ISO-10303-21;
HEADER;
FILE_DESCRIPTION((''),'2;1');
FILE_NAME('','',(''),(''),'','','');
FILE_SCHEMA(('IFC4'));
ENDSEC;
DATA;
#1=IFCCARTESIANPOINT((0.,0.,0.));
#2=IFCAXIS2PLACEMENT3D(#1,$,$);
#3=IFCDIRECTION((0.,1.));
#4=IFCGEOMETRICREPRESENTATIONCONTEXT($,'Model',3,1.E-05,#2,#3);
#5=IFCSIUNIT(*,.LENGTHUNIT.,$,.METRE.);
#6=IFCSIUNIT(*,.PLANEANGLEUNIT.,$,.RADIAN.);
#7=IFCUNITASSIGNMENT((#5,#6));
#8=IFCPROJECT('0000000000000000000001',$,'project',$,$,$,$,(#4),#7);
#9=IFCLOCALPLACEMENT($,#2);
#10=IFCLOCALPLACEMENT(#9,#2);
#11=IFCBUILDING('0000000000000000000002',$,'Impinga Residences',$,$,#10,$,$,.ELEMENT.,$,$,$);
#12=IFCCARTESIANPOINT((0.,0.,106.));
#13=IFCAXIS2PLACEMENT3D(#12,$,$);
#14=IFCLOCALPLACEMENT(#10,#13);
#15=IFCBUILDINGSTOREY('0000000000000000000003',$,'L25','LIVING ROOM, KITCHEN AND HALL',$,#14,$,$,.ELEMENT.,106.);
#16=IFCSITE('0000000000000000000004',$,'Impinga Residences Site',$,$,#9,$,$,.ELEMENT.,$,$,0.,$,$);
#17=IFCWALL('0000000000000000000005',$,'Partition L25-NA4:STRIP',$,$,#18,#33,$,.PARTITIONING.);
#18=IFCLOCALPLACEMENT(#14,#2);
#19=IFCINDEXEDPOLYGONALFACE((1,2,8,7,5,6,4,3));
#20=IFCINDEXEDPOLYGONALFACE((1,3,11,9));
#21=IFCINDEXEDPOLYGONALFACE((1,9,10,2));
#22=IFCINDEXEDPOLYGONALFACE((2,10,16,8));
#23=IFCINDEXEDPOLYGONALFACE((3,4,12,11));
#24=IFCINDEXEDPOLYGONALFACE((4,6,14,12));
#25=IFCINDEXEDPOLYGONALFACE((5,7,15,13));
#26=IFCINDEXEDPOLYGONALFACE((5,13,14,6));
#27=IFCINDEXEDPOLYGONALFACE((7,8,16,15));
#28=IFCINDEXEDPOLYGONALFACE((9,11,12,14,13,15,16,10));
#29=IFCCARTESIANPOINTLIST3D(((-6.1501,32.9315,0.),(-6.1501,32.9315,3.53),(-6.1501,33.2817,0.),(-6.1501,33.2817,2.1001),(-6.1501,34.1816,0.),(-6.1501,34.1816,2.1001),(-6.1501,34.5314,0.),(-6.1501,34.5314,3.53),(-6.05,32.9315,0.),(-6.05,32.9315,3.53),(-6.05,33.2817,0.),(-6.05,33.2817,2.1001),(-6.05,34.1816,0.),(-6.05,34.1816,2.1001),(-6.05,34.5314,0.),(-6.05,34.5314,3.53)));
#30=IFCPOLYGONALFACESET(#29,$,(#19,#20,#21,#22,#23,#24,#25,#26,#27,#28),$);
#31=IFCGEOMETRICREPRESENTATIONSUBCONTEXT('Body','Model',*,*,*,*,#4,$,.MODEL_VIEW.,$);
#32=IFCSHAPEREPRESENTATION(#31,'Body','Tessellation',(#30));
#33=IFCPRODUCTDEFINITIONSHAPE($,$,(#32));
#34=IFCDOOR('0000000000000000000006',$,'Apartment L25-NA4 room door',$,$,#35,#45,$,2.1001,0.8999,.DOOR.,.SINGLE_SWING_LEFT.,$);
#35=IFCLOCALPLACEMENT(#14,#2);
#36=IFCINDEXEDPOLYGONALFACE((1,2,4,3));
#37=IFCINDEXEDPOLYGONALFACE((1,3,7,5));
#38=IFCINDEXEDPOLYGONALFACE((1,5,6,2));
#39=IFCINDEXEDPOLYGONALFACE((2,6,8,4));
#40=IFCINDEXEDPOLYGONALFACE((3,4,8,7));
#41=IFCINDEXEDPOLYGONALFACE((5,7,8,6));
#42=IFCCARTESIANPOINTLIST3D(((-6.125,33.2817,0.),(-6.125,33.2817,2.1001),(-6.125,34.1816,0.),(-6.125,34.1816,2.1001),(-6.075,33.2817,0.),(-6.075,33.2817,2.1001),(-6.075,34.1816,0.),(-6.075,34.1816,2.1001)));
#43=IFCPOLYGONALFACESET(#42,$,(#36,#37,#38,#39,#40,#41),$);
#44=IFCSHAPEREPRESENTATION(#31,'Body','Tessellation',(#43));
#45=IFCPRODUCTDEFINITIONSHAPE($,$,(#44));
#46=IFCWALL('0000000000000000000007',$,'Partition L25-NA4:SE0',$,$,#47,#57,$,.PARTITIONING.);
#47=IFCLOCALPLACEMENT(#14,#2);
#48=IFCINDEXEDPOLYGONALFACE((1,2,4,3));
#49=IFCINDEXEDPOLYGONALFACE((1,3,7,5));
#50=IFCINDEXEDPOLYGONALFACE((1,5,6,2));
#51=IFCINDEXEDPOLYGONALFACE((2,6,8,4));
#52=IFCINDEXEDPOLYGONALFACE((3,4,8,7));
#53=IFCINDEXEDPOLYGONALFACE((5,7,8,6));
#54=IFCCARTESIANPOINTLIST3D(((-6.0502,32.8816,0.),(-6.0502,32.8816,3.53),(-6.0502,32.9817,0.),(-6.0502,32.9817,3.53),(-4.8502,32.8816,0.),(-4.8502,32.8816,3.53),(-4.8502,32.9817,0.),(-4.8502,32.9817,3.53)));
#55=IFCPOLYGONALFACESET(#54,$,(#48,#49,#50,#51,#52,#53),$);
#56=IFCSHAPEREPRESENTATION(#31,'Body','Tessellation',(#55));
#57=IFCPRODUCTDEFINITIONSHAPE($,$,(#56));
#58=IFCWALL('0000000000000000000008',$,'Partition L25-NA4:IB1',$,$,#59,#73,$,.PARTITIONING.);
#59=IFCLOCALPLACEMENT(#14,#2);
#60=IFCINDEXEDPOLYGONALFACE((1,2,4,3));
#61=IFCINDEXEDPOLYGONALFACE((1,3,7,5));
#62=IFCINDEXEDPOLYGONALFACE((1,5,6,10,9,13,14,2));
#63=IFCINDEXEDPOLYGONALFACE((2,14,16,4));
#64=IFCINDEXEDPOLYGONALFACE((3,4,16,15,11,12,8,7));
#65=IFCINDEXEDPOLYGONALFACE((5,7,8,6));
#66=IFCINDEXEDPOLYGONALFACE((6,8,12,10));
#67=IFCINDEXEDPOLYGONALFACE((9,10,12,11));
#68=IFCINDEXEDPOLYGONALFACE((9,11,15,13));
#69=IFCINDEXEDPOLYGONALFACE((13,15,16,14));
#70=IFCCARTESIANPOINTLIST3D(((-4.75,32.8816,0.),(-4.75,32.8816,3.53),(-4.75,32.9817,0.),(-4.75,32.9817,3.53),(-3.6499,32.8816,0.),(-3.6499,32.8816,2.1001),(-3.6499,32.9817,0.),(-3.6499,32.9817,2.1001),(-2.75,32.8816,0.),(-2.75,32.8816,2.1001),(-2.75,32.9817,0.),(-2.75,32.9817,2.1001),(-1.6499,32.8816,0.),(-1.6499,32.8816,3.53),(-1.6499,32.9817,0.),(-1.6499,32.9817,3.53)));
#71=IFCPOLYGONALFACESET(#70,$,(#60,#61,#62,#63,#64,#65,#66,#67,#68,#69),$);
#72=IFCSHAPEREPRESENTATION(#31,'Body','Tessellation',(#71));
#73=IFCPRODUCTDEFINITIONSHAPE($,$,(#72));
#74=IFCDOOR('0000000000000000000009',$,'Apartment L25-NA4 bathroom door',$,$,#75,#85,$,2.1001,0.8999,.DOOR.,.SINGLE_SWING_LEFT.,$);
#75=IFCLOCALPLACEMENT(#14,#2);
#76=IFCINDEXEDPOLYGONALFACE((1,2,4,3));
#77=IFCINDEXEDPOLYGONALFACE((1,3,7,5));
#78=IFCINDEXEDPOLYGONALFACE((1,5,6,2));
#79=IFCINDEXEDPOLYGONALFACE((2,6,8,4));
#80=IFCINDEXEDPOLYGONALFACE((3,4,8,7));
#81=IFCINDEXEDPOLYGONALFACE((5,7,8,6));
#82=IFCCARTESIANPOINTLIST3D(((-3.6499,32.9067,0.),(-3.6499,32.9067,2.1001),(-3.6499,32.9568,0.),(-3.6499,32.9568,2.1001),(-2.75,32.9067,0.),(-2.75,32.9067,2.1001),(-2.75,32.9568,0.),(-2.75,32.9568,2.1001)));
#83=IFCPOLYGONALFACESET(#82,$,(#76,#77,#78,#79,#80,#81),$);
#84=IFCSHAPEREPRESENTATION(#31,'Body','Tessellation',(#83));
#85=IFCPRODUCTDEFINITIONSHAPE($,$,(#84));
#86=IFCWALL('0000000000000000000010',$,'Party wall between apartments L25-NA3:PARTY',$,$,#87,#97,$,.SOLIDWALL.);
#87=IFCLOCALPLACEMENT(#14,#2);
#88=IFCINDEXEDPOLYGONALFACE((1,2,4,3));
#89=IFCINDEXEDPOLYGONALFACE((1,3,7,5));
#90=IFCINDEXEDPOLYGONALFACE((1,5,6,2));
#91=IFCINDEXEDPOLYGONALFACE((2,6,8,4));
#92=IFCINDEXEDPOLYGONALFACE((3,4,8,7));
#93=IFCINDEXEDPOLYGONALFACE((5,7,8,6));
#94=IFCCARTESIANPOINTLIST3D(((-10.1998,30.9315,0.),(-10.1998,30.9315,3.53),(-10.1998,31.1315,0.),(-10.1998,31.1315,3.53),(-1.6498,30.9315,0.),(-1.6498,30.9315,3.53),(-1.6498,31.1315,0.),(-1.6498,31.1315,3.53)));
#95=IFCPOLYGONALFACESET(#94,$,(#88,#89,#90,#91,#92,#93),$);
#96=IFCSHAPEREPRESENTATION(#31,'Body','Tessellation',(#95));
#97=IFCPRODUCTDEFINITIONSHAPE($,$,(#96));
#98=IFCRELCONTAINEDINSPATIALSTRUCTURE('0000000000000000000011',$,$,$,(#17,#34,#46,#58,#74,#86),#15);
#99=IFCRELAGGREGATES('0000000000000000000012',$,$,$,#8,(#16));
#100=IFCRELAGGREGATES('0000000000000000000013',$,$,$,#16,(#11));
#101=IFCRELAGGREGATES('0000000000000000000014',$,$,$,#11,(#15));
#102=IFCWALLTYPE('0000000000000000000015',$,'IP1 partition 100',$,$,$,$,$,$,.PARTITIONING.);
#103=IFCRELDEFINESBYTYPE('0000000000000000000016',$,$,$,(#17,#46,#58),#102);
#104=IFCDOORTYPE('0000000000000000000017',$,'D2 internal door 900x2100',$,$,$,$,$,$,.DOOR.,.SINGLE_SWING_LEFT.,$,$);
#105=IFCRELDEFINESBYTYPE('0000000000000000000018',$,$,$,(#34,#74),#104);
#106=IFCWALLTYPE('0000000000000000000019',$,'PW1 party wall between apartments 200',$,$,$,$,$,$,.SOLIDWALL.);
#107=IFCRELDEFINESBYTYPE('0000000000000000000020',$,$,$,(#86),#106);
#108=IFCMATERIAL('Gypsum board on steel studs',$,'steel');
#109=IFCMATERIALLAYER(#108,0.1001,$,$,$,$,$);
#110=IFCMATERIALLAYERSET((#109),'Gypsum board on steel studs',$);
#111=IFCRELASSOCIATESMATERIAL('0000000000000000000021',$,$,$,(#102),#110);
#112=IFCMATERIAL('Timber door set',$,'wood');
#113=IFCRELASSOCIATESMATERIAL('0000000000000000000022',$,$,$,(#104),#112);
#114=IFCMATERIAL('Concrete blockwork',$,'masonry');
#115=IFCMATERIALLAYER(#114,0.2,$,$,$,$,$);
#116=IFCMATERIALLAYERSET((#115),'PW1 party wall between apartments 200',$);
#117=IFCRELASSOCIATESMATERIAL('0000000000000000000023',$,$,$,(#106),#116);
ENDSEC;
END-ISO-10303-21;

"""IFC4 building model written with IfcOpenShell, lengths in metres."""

from ifc_helpers import new_model, si_unit, direction, frame, frame_2d, origin, place, context, subcontext, project, spatial, rectangle, extrude, material, layer, layer_set, type_object, element, fill, save


model = new_model("IFC4")

# Units and contexts
model_context = context("Model", 3, precision=1e-05, world=origin(), true_north=direction((0.0, 1.0)))
body_context = subcontext(model_context, "Body", "Model", "MODEL_VIEW")
ifc_project = project(units=[si_unit("LENGTHUNIT", "METRE"), si_unit("PLANEANGLEUNIT", "RADIAN")], contexts=[model_context])

# Site, building, storey
site_placement = place(None, origin())
site = spatial("IfcSite", under=ifc_project, at=site_placement, Name="Impinga Residences Site", CompositionType="ELEMENT", RefElevation=0.0)
building_placement = place(site_placement, origin())
building = spatial("IfcBuilding", under=site, at=building_placement, Name="Impinga Residences", CompositionType="ELEMENT")
storey_placement = place(building_placement, frame((0.0, 0.0, 106.0)))
storey = spatial("IfcBuildingStorey", under=building, at=storey_placement, Name="L25", Description="LIVING ROOM, KITCHEN AND HALL", CompositionType="ELEMENT", Elevation=106.0)

# Shared definitions
ifc_material_1 = material(Name="Gypsum board on steel studs", Category="steel")
ifc_layer_1 = layer(ifc_material_1, 0.1001)
ifc_layer_set_1 = layer_set([ifc_layer_1], Name="Gypsum board on steel studs")
wall_type_1 = type_object("IfcWallType", Name="IP1 partition 100", PredefinedType="PARTITIONING", material=ifc_layer_set_1)

# Shared definitions
ifc_material_2 = material(Name="Timber door set", Category="wood")
door_type = type_object("IfcDoorType", Name="D2 internal door 900x2100", OperationType="SINGLE_SWING_LEFT", PredefinedType="DOOR", material=ifc_material_2)

# Wall, opening, door
wall_1_placement = place(storey_placement, frame((-6.1001, 32.9316, 0.0), z_axis=(0.0, 0.0, 1.0), x_axis=(0.0, 1.0, 0.0)))
wall_1 = element("IfcWall", 1, at=wall_1_placement, inside=storey, type_object=wall_type_1, Name="Partition L25-NA4:STRIP", PredefinedType="PARTITIONING", context=body_context, shape_type="SweptSolid", body=[
    extrude(rectangle(XDim=1.5999, YDim=0.1001, at=frame_2d((0.7998, 0.0))), origin(), (0.0, 0.0, 1.0), 3.53),
])
opening_1_placement = place(wall_1_placement, frame((0.3501, 0.0, 0.0)))
opening_1 = element("IfcOpeningElement", 2, at=opening_1_placement, cuts=wall_1, PredefinedType="OPENING", context=body_context, shape_type="SweptSolid", body=[
    extrude(rectangle(XDim=0.8999, YDim=2.1001, at=frame_2d((0.45, 1.05))), frame((0.0, 0.0601, 0.0), z_axis=(0.0, -1.0, 0.0), x_axis=(1.0, 0.0, 0.0)), (0.0, 0.0, 1.0), 0.1201),
])
door_1_placement = place(opening_1_placement, origin())
door_1 = element("IfcDoor", 3, at=door_1_placement, inside=storey, type_object=door_type, Name="Apartment L25-NA4 room door", OperationType="SINGLE_SWING_LEFT", OverallHeight=2.1001, OverallWidth=0.8999, PredefinedType="DOOR", context=body_context, shape_type="SweptSolid", body=[
    extrude(rectangle(XDim=0.8999, YDim=2.1001, at=frame_2d((0.45, 1.05))), frame((0.0, 0.0249, 0.0), z_axis=(0.0, -1.0, 0.0), x_axis=(1.0, 0.0, 0.0)), (0.0, 0.0, 1.0), 0.05),
])
fill(opening_1, door_1)

# Wall
wall_2_placement = place(storey_placement, frame((-4.8501, 32.9316, 0.0), z_axis=(0.0, 0.0, 1.0), x_axis=(-1.0, 0.0, 0.0)))
element("IfcWall", 4, at=wall_2_placement, inside=storey, type_object=wall_type_1, Name="Partition L25-NA4:SE0", PredefinedType="PARTITIONING", context=body_context, shape_type="SweptSolid", body=[
    extrude(rectangle(XDim=1.2, YDim=0.1001, at=frame_2d((0.6001, 0.0))), origin(), (0.0, 0.0, 1.0), 3.53),
])

# Wall, opening, door
wall_3_placement = place(storey_placement, frame((-1.6499, 32.9316, 0.0), z_axis=(0.0, 0.0, 1.0), x_axis=(-1.0, 0.0, 0.0)))
wall_3 = element("IfcWall", 5, at=wall_3_placement, inside=storey, type_object=wall_type_1, Name="Partition L25-NA4:IB1", PredefinedType="PARTITIONING", context=body_context, shape_type="SweptSolid", body=[
    extrude(rectangle(XDim=3.1001, YDim=0.1001, at=frame_2d((1.55, 0.0))), origin(), (0.0, 0.0, 1.0), 3.53),
])
opening_2_placement = place(wall_3_placement, frame((1.1001, 0.0, 0.0)))
opening_2 = element("IfcOpeningElement", 6, at=opening_2_placement, cuts=wall_3, PredefinedType="OPENING", context=body_context, shape_type="SweptSolid", body=[
    extrude(rectangle(XDim=0.8999, YDim=2.1001, at=frame_2d((0.45, 1.05))), frame((0.0, 0.0601, 0.0), z_axis=(0.0, -1.0, 0.0), x_axis=(1.0, 0.0, 0.0)), (0.0, 0.0, 1.0), 0.1201),
])
door_2_placement = place(opening_2_placement, origin())
door_2 = element("IfcDoor", 7, at=door_2_placement, inside=storey, type_object=door_type, Name="Apartment L25-NA4 bathroom door", OperationType="SINGLE_SWING_LEFT", OverallHeight=2.1001, OverallWidth=0.8999, PredefinedType="DOOR", context=body_context, shape_type="SweptSolid", body=[
    extrude(rectangle(XDim=0.8999, YDim=2.1001, at=frame_2d((0.45, 1.05))), frame((0.0, 0.0249, 0.0), z_axis=(0.0, -1.0, 0.0), x_axis=(1.0, 0.0, 0.0)), (0.0, 0.0, 1.0), 0.05),
])
fill(opening_2, door_2)

# Wall
ifc_material_3 = material(Name="Concrete blockwork", Category="masonry")
ifc_layer_2 = layer(ifc_material_3, 0.2)
ifc_layer_set_2 = layer_set([ifc_layer_2], Name="PW1 party wall between apartments 200")
wall_type_2 = type_object("IfcWallType", Name="PW1 party wall between apartments 200", PredefinedType="SOLIDWALL", material=ifc_layer_set_2)
wall_4_placement = place(storey_placement, frame((-1.6499, 31.0315, 0.0), z_axis=(0.0, 0.0, 1.0), x_axis=(-1.0, 0.0, 0.0)))
element("IfcWall", 8, at=wall_4_placement, inside=storey, type_object=wall_type_2, Name="Party wall between apartments L25-NA3:PARTY", PredefinedType="SOLIDWALL", context=body_context, shape_type="SweptSolid", body=[
    extrude(rectangle(XDim=8.55, YDim=0.2, at=frame_2d((4.2749, 0.0))), origin(), (0.0, 0.0, 1.0), 3.53),
])

save(model, "model.ifc")
